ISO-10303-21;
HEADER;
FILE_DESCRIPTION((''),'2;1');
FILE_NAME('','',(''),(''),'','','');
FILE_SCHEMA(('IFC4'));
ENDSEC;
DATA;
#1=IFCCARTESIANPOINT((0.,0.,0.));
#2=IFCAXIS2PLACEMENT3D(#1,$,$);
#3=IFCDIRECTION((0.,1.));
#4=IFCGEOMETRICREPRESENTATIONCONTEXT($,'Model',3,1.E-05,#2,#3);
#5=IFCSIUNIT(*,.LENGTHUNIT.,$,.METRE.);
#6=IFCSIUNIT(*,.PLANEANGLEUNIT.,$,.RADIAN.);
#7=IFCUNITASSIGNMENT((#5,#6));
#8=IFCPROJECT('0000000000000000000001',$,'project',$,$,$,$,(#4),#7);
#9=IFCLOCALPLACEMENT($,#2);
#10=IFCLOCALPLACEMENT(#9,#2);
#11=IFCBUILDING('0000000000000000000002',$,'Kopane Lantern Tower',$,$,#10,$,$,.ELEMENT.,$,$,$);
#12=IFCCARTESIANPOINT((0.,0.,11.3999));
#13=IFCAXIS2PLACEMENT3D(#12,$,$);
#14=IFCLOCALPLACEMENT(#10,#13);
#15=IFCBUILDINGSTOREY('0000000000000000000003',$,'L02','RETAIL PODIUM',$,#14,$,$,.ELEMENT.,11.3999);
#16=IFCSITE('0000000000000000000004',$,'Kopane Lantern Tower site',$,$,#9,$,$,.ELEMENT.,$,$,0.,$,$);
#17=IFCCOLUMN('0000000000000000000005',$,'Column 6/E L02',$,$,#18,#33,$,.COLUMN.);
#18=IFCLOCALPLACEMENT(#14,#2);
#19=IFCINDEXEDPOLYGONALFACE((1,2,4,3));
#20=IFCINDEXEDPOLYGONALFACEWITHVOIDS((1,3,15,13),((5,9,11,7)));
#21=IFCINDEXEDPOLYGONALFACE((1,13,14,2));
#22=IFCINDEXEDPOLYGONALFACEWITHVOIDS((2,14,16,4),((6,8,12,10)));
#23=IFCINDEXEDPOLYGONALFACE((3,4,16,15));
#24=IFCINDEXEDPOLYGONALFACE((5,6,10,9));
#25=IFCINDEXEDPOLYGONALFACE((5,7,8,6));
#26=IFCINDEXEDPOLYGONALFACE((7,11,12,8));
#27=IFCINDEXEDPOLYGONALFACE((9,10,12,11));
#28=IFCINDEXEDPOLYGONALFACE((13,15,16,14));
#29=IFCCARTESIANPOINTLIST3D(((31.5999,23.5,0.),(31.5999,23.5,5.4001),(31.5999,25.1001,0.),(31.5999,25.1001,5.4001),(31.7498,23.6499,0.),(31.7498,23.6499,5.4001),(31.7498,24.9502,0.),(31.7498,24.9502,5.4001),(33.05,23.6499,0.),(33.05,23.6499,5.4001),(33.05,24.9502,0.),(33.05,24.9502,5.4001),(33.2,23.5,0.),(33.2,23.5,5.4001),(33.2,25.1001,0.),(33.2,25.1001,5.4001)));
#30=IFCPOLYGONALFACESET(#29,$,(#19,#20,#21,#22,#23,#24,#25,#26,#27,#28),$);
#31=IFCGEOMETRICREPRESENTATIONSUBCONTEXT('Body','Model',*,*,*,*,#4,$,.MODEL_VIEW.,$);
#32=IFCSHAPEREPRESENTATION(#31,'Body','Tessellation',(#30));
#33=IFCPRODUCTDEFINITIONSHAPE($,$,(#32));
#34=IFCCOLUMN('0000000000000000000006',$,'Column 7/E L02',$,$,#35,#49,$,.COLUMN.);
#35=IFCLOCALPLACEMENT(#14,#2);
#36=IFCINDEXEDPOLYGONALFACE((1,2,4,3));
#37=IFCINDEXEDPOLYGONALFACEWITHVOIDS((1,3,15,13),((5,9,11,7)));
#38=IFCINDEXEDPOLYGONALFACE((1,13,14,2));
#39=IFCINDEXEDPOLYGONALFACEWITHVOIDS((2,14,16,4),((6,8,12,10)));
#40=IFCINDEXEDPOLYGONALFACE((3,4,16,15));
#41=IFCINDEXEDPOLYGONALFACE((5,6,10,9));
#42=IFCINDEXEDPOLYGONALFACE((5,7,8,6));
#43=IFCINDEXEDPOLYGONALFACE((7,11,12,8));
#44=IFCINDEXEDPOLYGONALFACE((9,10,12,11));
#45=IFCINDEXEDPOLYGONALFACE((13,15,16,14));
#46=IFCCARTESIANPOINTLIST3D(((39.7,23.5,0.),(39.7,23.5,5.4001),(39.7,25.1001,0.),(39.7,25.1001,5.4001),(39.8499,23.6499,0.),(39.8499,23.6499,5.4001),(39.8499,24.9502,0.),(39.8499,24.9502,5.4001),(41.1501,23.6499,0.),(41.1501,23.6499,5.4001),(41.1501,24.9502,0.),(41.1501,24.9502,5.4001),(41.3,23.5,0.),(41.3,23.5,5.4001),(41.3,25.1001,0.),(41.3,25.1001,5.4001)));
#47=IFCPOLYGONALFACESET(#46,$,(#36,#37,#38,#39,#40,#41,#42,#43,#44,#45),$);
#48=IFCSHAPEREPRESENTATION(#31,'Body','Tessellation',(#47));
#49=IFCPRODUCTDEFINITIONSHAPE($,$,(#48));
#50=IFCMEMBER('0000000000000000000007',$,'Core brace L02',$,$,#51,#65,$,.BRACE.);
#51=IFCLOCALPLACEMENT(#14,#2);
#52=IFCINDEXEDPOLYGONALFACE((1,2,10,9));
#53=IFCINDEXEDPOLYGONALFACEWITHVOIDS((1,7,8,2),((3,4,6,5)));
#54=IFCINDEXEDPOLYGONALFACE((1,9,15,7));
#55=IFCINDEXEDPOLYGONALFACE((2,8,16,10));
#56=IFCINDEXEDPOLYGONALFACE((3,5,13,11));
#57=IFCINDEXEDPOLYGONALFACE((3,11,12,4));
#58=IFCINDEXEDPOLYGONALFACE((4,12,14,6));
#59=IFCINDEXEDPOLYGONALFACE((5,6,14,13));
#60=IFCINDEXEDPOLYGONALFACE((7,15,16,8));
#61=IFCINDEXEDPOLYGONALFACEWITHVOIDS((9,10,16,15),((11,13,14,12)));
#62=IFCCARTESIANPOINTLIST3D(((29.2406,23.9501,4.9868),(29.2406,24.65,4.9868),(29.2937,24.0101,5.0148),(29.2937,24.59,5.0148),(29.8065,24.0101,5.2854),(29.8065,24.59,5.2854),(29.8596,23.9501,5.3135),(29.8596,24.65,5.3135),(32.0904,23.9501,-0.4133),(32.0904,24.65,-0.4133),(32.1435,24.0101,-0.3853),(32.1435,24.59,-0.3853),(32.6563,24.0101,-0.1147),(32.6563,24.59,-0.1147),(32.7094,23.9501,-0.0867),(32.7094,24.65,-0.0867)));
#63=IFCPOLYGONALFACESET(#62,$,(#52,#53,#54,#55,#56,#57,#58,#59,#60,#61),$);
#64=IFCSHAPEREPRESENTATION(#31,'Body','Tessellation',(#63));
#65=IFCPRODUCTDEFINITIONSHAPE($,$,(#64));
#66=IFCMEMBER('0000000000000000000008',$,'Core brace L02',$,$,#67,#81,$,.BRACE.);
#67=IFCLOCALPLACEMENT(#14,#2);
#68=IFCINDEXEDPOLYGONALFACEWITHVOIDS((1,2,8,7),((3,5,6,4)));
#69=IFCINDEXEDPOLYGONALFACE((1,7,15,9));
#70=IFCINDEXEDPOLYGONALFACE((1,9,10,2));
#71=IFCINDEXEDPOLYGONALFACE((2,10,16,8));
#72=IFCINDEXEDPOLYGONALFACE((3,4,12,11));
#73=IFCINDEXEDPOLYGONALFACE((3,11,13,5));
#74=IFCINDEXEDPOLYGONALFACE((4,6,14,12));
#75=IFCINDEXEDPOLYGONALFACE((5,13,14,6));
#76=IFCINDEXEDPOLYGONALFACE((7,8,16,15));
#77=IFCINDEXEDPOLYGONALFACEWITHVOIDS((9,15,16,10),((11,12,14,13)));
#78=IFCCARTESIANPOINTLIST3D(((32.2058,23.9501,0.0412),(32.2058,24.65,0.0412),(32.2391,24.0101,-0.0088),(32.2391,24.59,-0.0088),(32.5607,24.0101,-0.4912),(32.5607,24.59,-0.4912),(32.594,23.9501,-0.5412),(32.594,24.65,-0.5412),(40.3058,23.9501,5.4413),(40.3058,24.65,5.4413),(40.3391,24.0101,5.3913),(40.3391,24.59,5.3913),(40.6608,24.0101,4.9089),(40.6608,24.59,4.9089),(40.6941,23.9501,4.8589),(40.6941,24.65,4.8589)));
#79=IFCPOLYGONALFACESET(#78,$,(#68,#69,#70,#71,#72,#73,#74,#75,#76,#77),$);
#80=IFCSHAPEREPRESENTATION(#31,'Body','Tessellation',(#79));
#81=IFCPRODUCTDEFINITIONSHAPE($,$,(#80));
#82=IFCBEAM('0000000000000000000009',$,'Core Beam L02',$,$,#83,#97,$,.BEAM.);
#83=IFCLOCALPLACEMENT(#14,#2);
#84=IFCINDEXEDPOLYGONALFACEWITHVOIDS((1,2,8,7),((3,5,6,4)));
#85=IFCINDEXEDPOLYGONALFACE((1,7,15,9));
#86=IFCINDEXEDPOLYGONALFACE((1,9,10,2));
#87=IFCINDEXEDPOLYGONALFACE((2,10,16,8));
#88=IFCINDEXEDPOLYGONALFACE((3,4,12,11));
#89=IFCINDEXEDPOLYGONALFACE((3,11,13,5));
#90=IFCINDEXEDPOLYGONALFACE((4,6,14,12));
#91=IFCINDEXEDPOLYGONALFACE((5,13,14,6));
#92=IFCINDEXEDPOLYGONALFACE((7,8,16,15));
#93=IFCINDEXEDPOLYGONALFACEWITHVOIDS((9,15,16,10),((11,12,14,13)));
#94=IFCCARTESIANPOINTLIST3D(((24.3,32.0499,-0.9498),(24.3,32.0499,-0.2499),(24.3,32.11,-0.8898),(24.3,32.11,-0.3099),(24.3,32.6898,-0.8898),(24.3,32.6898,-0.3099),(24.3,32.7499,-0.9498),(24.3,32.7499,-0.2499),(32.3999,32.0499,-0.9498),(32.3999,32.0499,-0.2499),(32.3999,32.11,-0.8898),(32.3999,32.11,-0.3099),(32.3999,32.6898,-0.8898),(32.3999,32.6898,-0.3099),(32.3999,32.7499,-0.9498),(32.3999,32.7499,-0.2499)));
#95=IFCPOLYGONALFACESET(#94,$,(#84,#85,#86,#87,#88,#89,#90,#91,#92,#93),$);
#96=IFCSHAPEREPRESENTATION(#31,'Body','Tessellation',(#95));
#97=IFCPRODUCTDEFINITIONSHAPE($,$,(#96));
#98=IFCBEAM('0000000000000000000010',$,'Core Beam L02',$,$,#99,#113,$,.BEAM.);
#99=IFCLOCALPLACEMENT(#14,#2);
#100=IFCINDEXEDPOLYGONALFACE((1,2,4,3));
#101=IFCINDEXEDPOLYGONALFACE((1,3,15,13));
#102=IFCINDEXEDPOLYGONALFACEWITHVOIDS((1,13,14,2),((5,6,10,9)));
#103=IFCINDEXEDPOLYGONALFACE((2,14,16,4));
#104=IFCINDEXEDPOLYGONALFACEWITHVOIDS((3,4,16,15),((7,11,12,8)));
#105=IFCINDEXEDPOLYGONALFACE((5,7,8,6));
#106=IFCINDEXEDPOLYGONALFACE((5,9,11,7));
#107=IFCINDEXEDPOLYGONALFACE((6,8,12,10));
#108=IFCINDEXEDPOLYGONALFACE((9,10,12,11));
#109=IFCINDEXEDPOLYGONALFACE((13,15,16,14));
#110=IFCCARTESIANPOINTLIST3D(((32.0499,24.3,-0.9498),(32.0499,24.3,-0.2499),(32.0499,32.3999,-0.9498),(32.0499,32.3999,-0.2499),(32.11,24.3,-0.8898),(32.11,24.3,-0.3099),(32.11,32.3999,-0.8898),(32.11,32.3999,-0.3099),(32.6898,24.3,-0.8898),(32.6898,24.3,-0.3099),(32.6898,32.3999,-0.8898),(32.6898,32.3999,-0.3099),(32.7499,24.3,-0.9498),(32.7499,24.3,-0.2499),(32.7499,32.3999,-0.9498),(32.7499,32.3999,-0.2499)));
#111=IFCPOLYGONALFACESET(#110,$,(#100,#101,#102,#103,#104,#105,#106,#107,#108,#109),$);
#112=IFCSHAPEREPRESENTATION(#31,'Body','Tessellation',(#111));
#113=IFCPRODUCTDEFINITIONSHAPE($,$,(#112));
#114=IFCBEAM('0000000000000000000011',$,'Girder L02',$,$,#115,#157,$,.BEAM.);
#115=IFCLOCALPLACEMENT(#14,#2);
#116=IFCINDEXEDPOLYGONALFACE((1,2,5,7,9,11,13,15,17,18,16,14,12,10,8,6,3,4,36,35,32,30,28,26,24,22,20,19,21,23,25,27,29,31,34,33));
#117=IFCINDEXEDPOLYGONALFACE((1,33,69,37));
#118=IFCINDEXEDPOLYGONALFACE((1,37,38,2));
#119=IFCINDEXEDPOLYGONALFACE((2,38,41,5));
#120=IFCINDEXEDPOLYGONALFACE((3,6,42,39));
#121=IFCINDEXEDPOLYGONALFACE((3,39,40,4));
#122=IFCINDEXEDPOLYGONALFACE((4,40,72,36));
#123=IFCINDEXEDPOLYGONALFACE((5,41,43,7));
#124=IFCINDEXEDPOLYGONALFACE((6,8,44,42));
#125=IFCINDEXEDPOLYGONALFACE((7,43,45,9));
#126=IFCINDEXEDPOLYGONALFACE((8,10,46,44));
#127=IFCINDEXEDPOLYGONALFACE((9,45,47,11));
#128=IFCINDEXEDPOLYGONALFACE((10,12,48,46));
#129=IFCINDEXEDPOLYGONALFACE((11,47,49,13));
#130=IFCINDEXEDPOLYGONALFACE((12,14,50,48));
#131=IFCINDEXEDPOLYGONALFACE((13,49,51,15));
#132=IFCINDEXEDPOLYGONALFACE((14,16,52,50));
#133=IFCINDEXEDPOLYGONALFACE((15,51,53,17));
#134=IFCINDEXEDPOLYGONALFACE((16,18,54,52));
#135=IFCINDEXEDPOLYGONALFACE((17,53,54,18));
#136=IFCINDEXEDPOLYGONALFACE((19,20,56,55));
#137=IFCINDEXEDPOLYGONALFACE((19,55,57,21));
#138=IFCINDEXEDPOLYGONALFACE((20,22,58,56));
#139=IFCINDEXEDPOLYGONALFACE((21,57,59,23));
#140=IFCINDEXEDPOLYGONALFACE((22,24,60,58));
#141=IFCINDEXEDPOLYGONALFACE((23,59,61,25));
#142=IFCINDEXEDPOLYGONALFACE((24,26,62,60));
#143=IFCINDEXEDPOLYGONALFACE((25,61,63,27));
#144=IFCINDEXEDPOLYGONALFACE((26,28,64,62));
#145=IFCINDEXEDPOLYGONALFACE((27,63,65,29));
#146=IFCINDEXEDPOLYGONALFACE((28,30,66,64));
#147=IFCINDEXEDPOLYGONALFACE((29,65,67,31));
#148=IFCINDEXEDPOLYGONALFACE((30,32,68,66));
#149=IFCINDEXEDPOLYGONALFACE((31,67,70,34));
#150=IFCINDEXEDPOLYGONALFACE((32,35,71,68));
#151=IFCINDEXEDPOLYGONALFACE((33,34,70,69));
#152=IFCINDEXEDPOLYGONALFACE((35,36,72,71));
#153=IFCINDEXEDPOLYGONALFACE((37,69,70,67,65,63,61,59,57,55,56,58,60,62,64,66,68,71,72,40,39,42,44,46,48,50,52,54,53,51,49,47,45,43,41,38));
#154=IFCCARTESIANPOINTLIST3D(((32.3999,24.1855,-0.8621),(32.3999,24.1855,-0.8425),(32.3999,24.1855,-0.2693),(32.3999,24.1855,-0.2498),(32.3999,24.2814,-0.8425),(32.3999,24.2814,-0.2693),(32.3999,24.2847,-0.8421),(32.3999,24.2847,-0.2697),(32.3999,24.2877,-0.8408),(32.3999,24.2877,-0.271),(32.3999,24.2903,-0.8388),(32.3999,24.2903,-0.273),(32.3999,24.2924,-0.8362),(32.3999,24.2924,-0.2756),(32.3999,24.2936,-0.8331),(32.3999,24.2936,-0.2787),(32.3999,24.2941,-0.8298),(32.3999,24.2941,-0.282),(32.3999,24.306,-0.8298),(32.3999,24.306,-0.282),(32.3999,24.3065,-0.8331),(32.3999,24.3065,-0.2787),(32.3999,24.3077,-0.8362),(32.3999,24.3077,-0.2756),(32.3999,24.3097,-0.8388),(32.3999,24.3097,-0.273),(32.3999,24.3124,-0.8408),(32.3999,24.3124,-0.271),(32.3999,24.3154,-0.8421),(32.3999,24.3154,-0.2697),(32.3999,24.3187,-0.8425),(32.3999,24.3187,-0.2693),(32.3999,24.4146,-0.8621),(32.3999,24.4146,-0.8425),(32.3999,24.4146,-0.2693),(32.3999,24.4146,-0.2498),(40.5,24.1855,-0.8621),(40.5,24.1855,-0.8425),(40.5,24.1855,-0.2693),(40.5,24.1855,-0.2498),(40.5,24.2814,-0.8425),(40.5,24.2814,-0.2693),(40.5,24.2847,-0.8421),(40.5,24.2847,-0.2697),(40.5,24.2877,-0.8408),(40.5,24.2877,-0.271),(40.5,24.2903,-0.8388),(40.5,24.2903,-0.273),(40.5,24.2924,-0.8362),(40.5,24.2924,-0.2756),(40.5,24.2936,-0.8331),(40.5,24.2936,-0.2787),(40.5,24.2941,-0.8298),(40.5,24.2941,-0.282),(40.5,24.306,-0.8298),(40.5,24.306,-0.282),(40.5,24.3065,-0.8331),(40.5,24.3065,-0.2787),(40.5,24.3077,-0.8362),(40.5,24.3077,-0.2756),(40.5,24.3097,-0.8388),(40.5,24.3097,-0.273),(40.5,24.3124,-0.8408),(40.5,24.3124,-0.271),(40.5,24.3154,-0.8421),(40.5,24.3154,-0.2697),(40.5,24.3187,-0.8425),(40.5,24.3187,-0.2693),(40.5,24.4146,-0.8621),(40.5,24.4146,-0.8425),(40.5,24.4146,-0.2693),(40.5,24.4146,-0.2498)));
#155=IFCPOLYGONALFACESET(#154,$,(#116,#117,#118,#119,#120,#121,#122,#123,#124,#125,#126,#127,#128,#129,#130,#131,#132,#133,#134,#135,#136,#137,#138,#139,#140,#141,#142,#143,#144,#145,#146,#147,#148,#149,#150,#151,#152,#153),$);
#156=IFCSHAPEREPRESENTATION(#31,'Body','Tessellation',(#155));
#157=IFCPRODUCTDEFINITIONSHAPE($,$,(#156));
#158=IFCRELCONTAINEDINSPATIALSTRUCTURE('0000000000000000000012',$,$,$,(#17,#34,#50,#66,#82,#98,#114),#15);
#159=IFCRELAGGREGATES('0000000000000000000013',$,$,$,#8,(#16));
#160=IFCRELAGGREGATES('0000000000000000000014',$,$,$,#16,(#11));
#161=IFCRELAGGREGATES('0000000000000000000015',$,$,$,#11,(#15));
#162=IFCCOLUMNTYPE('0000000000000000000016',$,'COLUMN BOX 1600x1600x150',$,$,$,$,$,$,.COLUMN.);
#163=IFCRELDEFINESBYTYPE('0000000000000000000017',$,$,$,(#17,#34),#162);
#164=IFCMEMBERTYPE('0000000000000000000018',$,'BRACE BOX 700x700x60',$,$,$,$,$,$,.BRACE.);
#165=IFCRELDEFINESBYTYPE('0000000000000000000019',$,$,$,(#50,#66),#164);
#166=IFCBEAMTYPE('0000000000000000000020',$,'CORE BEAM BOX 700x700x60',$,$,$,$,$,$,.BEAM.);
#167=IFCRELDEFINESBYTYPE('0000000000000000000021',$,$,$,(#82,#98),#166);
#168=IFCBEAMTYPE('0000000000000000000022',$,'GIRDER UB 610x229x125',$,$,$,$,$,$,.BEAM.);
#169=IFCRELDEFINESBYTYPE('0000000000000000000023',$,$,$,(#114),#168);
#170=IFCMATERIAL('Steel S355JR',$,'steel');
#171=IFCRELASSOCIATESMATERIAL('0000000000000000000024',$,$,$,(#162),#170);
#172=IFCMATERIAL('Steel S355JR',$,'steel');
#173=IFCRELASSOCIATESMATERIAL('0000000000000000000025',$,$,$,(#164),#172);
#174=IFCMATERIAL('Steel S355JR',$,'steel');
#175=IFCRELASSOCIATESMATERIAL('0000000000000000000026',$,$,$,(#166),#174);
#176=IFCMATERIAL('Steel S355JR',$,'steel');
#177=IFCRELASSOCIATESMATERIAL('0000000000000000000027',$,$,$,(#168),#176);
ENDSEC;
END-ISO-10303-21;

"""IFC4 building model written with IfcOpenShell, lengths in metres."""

from ifc_helpers import new_model, si_unit, direction, frame, origin, origin_2d, place, context, subcontext, project, spatial, hollow_rectangle, i_section, extrude, material, material_profile, profile_set, type_object, element, save


model = new_model("IFC4")

# Units and contexts
model_context = context("Model", 3, precision=1e-05, world=origin(), true_north=direction((0.0, 1.0)))
body_context = subcontext(model_context, "Body", "Model", "MODEL_VIEW")
ifc_project = project(units=[si_unit("LENGTHUNIT", "METRE"), si_unit("PLANEANGLEUNIT", "RADIAN")], contexts=[model_context])

# Site, building, storey
site_placement = place(None, origin())
site = spatial("IfcSite", under=ifc_project, at=site_placement, Name="Kopane Lantern Tower site", CompositionType="ELEMENT", RefElevation=0.0)
building_placement = place(site_placement, origin())
building = spatial("IfcBuilding", under=site, at=building_placement, Name="Kopane Lantern Tower", CompositionType="ELEMENT")
storey_placement = place(building_placement, frame((0.0, 0.0, 11.3999)))
storey = spatial("IfcBuildingStorey", under=building, at=storey_placement, Name="L02", Description="RETAIL PODIUM", CompositionType="ELEMENT", Elevation=11.3999)

# Columns
ifc_material_1 = material(Name="Steel S355JR", Category="steel")
ifc_material_profile_1 = material_profile(ifc_material_1, hollow_rectangle(XDim=1.6001, YDim=1.6001, WallThickness=0.1499, at=origin_2d()), Name="BOX 1600x1600x150")
ifc_profile_set_1 = profile_set([ifc_material_profile_1], Name="Steel S355JR")
column_type = type_object("IfcColumnType", Name="COLUMN BOX 1600x1600x150", PredefinedType="COLUMN", material=ifc_profile_set_1)
for number, where, z_axis, x_axis, name in (
    (1, (32.3999, 24.3, 0.0), (0.0, 0.0, 1.0), (1.0, 0.0, 0.0), "Column 6/E L02"),
    (2, (40.5, 24.3, 0.0), (0.0, 0.0, 1.0), (1.0, 0.0, 0.0), "Column 7/E L02"),
):
    element("IfcColumn", number, at=place(storey_placement, frame(where, z_axis=z_axis, x_axis=x_axis)), inside=storey, type_object=column_type, Name=name, PredefinedType="COLUMN", context=body_context, shape_type="SweptSolid", body=[
        extrude(hollow_rectangle(XDim=1.6001, YDim=1.6001, WallThickness=0.1499, at=origin_2d()), origin(), (0.0, 0.0, 1.0), 5.4001),
    ])

# Members
ifc_material_2 = material(Name="Steel S355JR", Category="steel")
ifc_material_profile_2 = material_profile(ifc_material_2, hollow_rectangle(XDim=0.7, YDim=0.7, WallThickness=0.0601, at=origin_2d()), Name="BOX 700x700x60")
ifc_profile_set_2 = profile_set([ifc_material_profile_2], Name="Steel S355JR")
member_type = type_object("IfcMemberType", Name="BRACE BOX 700x700x60", PredefinedType="BRACE", material=ifc_profile_set_2)
member_1_placement = place(storey_placement, frame((32.3999, 24.3, -0.25), z_axis=(-0.46673, 0.0, 0.8844), x_axis=(0.0, -1.0, 0.0)))
element("IfcMember", 3, at=member_1_placement, inside=storey, type_object=member_type, Name="Core brace L02", PredefinedType="BRACE", context=body_context, shape_type="SweptSolid", body=[
    extrude(hollow_rectangle(XDim=0.7, YDim=0.7, WallThickness=0.0601, at=origin_2d()), origin(), (0.0, 0.0, 1.0), 6.106),
])
member_2_placement = place(storey_placement, frame((32.3999, 24.3, -0.25), z_axis=(0.832046, 0.0, 0.554706), x_axis=(0.0, 1.0, 0.0)))
element("IfcMember", 4, at=member_2_placement, inside=storey, type_object=member_type, Name="Core brace L02", PredefinedType="BRACE", context=body_context, shape_type="SweptSolid", body=[
    extrude(hollow_rectangle(XDim=0.7, YDim=0.7, WallThickness=0.0601, at=origin_2d()), origin(), (0.0, 0.0, 1.0), 9.7351),
])

# Beams
ifc_material_3 = material(Name="Steel S355JR", Category="steel")
ifc_material_profile_3 = material_profile(ifc_material_3, hollow_rectangle(XDim=0.7, YDim=0.7, WallThickness=0.0601, at=origin_2d()), Name="BOX 700x700x60")
ifc_profile_set_3 = profile_set([ifc_material_profile_3], Name="Steel S355JR")
beam_type_1 = type_object("IfcBeamType", Name="CORE BEAM BOX 700x700x60", PredefinedType="BEAM", material=ifc_profile_set_3)
for number, where, z_axis, x_axis, name in (
    (5, (24.3, 32.3999, -0.5999), (1.0, 0.0, 0.0), (0.0, 1.0, 0.0), "Core Beam L02"),
    (6, (32.3999, 24.3, -0.5999), (0.0, 1.0, 0.0), (-1.0, 0.0, 0.0), "Core Beam L02"),
):
    element("IfcBeam", number, at=place(storey_placement, frame(where, z_axis=z_axis, x_axis=x_axis)), inside=storey, type_object=beam_type_1, Name=name, PredefinedType="BEAM", context=body_context, shape_type="SweptSolid", body=[
        extrude(hollow_rectangle(XDim=0.7, YDim=0.7, WallThickness=0.0601, at=origin_2d()), origin(), (0.0, 0.0, 1.0), 8.0999),
    ])
ifc_material_4 = material(Name="Steel S355JR", Category="steel")
ifc_material_profile_4 = material_profile(ifc_material_4, i_section(OverallWidth=0.229, OverallDepth=0.6123, WebThickness=0.012, FlangeThickness=0.0195, FilletRadius=0.0127, at=origin_2d()), Name="UB 610x229x125")
ifc_profile_set_4 = profile_set([ifc_material_profile_4], Name="Steel S355JR")
beam_type_2 = type_object("IfcBeamType", Name="GIRDER UB 610x229x125", PredefinedType="BEAM", material=ifc_profile_set_4)
beam_1_placement = place(storey_placement, frame((32.3999, 24.3, -0.5559), z_axis=(1.0, 0.0, 0.0), x_axis=(0.0, 1.0, 0.0)))
element("IfcBeam", 7, at=beam_1_placement, inside=storey, type_object=beam_type_2, Name="Girder L02", PredefinedType="BEAM", context=body_context, shape_type="SweptSolid", body=[
    extrude(i_section(OverallWidth=0.229, OverallDepth=0.6123, WebThickness=0.012, FlangeThickness=0.0195, FilletRadius=0.0127, at=origin_2d()), origin(), (0.0, 0.0, 1.0), 8.1001),
])

save(model, "model.ifc")
